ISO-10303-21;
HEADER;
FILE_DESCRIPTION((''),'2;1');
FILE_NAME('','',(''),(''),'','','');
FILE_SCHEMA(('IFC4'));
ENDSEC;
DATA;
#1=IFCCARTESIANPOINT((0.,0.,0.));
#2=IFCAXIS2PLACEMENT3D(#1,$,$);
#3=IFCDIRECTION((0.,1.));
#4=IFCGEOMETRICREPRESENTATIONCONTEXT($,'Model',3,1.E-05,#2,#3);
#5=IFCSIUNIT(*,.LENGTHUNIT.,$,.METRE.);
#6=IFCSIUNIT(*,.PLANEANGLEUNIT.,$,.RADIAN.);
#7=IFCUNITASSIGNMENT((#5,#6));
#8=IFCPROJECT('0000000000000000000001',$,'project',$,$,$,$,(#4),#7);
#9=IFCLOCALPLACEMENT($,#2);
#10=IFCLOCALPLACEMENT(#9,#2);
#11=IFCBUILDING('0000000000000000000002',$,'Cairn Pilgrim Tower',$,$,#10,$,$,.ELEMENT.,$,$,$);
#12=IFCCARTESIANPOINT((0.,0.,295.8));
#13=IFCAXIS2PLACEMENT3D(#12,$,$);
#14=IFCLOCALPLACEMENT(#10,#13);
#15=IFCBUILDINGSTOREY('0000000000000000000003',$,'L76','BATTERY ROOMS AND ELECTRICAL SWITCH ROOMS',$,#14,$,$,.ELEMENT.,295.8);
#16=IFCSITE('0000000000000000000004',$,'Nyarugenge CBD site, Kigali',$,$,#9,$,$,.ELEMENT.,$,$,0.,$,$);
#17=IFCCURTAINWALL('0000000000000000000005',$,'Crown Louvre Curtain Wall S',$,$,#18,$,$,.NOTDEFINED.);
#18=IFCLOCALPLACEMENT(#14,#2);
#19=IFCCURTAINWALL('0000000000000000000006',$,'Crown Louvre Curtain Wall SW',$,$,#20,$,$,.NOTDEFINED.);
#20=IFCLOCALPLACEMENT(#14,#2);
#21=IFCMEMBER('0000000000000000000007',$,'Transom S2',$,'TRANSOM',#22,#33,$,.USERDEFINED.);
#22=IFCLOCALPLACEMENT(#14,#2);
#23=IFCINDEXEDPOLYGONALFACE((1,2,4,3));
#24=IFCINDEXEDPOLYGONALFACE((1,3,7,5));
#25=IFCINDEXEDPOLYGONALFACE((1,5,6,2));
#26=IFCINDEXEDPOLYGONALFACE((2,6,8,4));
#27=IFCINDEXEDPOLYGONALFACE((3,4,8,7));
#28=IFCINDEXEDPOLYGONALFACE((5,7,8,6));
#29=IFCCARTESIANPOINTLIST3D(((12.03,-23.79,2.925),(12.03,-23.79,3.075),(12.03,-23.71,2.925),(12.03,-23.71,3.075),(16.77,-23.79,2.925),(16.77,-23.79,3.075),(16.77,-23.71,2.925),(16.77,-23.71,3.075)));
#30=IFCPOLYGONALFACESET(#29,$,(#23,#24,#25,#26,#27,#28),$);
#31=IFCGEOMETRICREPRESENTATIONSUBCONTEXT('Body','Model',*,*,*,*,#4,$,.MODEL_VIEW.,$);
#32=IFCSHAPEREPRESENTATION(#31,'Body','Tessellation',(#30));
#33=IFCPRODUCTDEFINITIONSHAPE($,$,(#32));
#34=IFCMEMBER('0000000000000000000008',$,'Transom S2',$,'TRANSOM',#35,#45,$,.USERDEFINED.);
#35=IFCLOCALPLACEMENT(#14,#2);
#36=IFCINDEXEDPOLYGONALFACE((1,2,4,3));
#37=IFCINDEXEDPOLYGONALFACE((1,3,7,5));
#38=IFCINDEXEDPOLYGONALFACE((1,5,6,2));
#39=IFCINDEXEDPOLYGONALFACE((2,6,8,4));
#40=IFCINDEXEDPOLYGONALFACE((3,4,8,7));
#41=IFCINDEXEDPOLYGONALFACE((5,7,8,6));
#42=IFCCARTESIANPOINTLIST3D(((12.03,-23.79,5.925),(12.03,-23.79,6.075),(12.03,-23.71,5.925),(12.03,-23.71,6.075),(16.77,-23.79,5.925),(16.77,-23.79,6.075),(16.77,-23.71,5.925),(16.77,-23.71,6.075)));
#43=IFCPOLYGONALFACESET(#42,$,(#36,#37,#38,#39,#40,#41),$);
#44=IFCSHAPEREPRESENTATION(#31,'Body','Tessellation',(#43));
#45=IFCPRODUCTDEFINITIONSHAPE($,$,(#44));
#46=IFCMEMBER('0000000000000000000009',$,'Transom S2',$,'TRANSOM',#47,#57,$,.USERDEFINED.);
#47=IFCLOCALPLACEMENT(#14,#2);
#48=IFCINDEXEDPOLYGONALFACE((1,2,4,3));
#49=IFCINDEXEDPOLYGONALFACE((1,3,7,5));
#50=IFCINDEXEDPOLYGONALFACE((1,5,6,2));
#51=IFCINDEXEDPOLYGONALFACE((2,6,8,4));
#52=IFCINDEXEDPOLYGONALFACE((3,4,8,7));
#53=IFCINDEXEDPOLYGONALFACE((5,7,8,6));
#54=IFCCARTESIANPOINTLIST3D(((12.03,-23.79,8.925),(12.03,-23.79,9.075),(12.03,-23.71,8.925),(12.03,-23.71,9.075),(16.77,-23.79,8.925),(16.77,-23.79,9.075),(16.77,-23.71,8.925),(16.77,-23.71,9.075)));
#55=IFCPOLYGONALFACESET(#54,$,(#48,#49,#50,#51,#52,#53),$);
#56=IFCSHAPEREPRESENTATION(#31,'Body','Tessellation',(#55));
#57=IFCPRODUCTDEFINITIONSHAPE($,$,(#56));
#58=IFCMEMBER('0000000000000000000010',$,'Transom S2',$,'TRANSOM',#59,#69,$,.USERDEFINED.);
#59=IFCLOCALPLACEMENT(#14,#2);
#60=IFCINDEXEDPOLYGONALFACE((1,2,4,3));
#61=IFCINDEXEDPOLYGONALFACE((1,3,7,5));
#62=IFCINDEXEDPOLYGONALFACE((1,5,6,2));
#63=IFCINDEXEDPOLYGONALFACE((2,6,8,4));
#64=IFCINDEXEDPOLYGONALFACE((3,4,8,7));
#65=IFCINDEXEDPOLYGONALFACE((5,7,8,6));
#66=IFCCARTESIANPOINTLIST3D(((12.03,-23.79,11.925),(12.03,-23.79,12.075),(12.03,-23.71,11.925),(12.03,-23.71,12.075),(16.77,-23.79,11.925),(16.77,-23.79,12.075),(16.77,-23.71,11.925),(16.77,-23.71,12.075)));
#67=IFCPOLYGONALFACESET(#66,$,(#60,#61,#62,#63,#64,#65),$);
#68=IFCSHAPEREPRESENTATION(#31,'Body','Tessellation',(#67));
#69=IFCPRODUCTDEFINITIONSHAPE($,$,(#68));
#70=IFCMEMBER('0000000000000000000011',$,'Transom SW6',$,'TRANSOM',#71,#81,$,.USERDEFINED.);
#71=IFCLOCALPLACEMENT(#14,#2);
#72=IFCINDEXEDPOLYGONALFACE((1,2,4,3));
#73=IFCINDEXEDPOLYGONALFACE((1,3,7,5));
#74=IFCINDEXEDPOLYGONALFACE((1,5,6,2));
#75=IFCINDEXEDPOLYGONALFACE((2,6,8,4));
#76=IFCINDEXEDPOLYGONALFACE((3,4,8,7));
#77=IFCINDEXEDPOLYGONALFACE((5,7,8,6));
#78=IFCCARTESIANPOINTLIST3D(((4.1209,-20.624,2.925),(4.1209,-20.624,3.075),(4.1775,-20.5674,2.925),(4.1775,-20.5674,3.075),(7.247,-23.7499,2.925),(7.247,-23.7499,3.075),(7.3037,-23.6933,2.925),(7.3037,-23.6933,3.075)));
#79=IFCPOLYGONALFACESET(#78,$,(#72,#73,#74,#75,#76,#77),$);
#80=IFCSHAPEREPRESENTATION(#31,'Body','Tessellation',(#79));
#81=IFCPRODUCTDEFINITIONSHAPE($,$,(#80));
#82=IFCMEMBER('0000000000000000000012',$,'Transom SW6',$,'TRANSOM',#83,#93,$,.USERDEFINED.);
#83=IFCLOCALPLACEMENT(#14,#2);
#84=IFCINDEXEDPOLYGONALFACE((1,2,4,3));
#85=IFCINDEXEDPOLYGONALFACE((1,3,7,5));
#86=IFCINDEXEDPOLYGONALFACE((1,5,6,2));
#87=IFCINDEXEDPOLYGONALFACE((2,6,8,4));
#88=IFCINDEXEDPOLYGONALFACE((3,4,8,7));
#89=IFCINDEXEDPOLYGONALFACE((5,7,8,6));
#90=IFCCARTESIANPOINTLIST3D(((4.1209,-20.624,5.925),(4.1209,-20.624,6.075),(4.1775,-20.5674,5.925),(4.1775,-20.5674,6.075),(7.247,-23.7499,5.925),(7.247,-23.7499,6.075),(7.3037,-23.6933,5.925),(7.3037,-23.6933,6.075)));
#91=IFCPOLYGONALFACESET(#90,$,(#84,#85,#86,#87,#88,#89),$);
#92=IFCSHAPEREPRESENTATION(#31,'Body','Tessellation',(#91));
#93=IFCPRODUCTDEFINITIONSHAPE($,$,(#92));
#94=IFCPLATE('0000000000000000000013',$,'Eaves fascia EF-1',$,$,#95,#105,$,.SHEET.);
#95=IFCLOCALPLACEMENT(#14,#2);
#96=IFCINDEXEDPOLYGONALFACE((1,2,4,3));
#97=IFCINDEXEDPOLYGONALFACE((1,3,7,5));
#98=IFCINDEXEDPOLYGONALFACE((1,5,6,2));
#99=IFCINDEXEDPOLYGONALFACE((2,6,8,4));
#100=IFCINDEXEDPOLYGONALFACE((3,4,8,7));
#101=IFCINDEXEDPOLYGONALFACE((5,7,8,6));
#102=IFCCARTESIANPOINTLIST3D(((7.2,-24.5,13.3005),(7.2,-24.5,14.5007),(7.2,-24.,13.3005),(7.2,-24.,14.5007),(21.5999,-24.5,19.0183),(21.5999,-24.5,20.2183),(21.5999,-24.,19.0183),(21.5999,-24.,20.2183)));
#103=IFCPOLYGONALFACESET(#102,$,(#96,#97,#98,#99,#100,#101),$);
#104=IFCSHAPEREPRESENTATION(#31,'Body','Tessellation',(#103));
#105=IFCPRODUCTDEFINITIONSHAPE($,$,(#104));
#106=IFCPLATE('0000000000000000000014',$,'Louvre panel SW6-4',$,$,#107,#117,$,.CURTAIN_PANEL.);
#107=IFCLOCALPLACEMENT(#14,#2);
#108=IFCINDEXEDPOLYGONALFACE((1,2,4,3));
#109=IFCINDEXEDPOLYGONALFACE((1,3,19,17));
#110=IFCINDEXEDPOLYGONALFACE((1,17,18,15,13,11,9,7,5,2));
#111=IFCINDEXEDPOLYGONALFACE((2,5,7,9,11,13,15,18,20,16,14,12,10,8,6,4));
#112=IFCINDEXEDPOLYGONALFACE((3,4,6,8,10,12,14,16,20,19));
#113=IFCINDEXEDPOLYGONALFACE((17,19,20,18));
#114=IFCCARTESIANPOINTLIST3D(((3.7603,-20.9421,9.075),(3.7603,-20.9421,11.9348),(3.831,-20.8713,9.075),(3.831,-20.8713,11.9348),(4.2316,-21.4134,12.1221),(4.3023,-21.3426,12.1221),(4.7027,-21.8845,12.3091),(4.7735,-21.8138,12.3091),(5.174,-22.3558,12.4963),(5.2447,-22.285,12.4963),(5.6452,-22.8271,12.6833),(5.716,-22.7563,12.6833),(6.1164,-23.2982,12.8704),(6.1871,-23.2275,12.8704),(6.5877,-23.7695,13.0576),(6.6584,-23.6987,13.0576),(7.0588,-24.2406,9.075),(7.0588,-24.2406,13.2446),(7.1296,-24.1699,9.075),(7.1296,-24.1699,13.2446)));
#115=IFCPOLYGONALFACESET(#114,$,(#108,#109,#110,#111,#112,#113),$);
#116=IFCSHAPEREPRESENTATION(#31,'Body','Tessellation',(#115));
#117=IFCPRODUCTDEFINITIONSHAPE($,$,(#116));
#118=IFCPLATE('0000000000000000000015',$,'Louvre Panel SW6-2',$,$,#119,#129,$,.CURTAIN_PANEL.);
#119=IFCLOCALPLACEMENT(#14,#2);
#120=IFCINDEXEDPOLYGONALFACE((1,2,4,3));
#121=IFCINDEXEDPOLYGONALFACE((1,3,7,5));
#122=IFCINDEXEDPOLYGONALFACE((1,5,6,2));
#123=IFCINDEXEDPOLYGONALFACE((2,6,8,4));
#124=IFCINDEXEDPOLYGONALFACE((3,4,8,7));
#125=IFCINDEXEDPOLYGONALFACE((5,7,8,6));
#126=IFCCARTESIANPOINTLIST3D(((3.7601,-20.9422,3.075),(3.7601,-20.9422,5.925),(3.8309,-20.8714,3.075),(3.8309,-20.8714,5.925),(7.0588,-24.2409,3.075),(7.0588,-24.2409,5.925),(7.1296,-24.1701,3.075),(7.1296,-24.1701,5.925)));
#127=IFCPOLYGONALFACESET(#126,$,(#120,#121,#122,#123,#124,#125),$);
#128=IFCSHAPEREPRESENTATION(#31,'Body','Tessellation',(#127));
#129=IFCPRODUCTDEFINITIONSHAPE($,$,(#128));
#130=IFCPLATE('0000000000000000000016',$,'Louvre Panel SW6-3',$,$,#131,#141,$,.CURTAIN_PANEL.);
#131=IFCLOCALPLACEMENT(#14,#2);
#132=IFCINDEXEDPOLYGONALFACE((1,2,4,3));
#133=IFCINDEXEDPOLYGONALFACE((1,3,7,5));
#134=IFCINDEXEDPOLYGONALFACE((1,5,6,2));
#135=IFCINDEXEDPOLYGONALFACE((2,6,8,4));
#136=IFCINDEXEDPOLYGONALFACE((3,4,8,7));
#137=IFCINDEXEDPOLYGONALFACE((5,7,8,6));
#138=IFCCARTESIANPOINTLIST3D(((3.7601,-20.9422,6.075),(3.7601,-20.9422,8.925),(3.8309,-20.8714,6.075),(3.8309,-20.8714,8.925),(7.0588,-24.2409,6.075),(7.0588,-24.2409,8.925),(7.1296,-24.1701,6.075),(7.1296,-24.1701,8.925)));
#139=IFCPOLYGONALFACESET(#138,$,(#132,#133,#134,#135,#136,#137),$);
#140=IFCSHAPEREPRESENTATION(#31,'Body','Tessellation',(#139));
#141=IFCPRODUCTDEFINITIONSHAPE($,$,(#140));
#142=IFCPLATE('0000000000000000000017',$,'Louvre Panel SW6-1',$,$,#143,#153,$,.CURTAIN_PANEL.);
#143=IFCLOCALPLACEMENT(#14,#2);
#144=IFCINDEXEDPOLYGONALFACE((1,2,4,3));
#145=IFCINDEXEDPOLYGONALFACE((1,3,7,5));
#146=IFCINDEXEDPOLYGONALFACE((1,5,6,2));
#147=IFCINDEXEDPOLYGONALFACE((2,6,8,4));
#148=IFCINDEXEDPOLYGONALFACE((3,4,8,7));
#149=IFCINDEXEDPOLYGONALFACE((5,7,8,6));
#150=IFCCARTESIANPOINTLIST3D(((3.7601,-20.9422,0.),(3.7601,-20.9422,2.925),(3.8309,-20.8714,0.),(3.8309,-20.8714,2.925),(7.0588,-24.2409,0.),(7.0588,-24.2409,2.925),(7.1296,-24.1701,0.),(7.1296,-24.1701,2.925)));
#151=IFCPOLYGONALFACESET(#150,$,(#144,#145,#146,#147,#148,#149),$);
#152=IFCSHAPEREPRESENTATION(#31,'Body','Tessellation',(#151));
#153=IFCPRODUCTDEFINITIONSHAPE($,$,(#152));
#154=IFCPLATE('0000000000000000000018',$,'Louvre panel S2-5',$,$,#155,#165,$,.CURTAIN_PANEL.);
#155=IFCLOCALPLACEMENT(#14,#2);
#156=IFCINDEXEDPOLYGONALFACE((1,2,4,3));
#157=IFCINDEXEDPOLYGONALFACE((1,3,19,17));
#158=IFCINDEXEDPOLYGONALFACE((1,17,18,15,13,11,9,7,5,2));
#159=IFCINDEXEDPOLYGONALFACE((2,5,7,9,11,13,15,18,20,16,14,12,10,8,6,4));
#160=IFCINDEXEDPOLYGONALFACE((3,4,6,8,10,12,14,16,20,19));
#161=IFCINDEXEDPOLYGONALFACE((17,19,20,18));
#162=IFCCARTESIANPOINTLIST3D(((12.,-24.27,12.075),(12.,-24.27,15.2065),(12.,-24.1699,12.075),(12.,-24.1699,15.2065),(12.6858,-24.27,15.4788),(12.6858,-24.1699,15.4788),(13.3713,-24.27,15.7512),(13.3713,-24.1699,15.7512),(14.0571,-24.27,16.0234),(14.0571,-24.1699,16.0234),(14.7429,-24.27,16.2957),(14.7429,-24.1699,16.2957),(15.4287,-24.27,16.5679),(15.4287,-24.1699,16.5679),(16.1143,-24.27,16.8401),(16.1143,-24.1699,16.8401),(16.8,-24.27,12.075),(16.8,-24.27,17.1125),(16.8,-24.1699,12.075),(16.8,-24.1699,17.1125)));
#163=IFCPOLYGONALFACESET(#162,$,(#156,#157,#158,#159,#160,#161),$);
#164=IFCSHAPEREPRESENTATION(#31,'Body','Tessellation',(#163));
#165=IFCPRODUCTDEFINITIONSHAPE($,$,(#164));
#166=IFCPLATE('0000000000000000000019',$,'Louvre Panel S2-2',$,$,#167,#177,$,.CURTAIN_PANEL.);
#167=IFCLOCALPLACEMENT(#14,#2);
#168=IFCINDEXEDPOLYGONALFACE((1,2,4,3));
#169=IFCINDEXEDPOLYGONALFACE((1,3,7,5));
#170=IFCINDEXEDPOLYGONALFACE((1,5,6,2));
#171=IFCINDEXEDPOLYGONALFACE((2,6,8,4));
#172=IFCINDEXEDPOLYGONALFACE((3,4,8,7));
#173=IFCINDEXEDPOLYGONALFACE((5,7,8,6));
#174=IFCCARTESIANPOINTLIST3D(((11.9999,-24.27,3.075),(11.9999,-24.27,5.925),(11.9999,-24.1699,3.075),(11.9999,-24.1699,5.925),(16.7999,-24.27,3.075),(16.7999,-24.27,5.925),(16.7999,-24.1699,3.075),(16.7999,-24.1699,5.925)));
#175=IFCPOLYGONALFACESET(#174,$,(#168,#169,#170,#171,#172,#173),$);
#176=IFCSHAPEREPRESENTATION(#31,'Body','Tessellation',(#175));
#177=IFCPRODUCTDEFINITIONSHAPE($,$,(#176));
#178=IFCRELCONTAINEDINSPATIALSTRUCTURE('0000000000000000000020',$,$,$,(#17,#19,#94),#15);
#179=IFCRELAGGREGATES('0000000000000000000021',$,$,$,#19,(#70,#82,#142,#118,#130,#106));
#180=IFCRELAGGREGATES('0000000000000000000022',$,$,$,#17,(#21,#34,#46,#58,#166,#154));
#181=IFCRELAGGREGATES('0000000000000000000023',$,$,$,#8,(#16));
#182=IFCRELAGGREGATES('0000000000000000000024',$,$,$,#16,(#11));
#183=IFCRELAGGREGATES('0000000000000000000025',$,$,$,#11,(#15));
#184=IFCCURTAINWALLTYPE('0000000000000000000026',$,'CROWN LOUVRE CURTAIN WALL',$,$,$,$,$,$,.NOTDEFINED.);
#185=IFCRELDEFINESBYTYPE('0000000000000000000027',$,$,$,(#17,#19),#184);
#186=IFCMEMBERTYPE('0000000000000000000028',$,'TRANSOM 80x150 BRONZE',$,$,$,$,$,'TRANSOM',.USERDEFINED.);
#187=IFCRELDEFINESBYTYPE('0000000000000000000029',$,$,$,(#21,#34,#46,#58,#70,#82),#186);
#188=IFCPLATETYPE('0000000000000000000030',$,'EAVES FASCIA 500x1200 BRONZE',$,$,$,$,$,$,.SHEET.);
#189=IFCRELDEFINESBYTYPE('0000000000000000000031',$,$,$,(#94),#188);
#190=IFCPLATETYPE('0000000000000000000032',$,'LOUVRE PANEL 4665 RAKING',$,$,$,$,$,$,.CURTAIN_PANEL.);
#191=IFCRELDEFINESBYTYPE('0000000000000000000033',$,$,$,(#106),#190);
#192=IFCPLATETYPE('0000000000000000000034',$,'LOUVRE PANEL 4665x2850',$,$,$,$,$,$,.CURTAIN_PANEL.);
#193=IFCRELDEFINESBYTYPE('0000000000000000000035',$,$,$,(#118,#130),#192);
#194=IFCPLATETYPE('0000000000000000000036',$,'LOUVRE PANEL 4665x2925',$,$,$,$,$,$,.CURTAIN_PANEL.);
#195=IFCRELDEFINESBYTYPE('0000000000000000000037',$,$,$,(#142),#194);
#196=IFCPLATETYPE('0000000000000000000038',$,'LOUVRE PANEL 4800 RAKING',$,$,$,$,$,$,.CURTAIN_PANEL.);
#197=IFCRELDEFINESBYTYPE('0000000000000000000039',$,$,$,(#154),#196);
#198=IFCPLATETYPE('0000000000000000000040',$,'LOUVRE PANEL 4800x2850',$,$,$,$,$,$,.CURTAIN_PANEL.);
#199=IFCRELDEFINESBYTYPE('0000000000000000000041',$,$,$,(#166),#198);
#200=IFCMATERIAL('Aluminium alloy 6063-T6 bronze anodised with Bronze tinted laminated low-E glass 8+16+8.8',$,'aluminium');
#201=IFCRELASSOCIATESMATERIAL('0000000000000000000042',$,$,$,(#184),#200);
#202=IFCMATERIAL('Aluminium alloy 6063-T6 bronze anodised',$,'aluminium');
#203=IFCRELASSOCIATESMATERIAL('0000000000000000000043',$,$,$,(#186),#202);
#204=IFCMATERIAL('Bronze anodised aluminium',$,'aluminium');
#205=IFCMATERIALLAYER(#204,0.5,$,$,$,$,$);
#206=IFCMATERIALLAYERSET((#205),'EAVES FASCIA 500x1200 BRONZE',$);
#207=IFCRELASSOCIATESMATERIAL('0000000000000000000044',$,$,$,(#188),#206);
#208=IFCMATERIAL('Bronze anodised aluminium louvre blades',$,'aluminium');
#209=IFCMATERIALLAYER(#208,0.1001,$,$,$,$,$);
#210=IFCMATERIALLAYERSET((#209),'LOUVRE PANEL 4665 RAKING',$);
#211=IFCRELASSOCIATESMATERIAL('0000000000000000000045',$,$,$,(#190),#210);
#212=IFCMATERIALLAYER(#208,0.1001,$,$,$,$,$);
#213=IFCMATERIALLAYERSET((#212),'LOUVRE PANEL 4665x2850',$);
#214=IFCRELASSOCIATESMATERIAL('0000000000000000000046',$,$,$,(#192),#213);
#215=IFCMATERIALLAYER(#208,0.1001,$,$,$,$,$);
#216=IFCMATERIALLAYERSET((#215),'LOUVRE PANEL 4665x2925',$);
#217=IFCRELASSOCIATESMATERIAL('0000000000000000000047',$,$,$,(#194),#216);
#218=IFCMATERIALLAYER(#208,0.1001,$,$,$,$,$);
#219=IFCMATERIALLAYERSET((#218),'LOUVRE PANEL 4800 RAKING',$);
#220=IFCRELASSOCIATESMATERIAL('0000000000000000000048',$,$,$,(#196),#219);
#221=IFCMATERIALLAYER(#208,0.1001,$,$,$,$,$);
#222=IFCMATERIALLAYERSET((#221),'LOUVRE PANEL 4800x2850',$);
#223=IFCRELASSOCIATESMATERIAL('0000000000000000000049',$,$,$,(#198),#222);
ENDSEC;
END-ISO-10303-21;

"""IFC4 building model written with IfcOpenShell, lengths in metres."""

from ifc_helpers import new_model, si_unit, direction, frame, origin, origin_2d, place, context, subcontext, project, spatial, polyline, rectangle, outline, extrude, material, layer, layer_set, material_profile, profile_set, type_object, element, aggregate, save


model = new_model("IFC4")

# Units and contexts
model_context = context("Model", 3, precision=1e-05, world=origin(), true_north=direction((0.0, 1.0)))
body_context = subcontext(model_context, "Body", "Model", "MODEL_VIEW")
ifc_project = project(units=[si_unit("LENGTHUNIT", "METRE"), si_unit("PLANEANGLEUNIT", "RADIAN")], contexts=[model_context])

# Site, building, storey
site_placement = place(None, origin())
site = spatial("IfcSite", under=ifc_project, at=site_placement, Name="Nyarugenge CBD site, Kigali", CompositionType="ELEMENT", RefElevation=0.0)
building_placement = place(site_placement, origin())
building = spatial("IfcBuilding", under=site, at=building_placement, Name="Cairn Pilgrim Tower", CompositionType="ELEMENT")
storey_placement = place(building_placement, frame((0.0, 0.0, 295.8)))
storey = spatial("IfcBuildingStorey", under=building, at=storey_placement, Name="L76", Description="BATTERY ROOMS AND ELECTRICAL SWITCH ROOMS", CompositionType="ELEMENT", Elevation=295.8)

# Curtain wall
ifc_material_1 = material(Name="Aluminium alloy 6063-T6 bronze anodised with Bronze tinted laminated low-E glass 8+16+8.8", Category="aluminium")
curtain_wall_type = type_object("IfcCurtainWallType", Name="CROWN LOUVRE CURTAIN WALL", PredefinedType="NOTDEFINED", material=ifc_material_1)
curtain_wall_1_placement = place(storey_placement, origin())
curtain_wall_1 = element("IfcCurtainWall", 1, at=curtain_wall_1_placement, inside=storey, type_object=curtain_wall_type, Name="Crown Louvre Curtain Wall S", PredefinedType="NOTDEFINED")
ifc_material_2 = material(Name="Aluminium alloy 6063-T6 bronze anodised", Category="aluminium")

# Curtain wall
curtain_wall_2_placement = place(storey_placement, origin())
curtain_wall_2 = element("IfcCurtainWall", 2, at=curtain_wall_2_placement, inside=storey, type_object=curtain_wall_type, Name="Crown Louvre Curtain Wall SW", PredefinedType="NOTDEFINED")

# Members
ifc_material_profile_1 = material_profile(ifc_material_2, rectangle(XDim=0.0801, YDim=0.1499, at=origin_2d()), Name="TRANSOM 80x150 BRONZE")
ifc_profile_set_1 = profile_set([ifc_material_profile_1], Name="Aluminium alloy 6063-T6 bronze anodised")
member_type_1 = type_object("IfcMemberType", Name="TRANSOM 80x150 BRONZE", ElementType="TRANSOM", PredefinedType="USERDEFINED", material=ifc_profile_set_1)
member_1_placement = place(storey_placement, frame((12.03, -23.75, 3.0), z_axis=(1.0, 0.0, 0.0), x_axis=(0.0, 1.0, 0.0)))
member_1 = element("IfcMember", 3, at=member_1_placement, type_object=member_type_1, Name="Transom S2", ObjectType="TRANSOM", PredefinedType="USERDEFINED", context=body_context, shape_type="SweptSolid", body=[
    extrude(rectangle(XDim=0.0801, YDim=0.1499, at=origin_2d()), origin(), (0.0, 0.0, 1.0), 4.74),
])
member_2_placement = place(storey_placement, frame((12.03, -23.75, 6.0), z_axis=(1.0, 0.0, 0.0), x_axis=(0.0, 1.0, 0.0)))
member_2 = element("IfcMember", 4, at=member_2_placement, type_object=member_type_1, Name="Transom S2", ObjectType="TRANSOM", PredefinedType="USERDEFINED", context=body_context, shape_type="SweptSolid", body=[
    extrude(rectangle(XDim=0.0801, YDim=0.1499, at=origin_2d()), origin(), (0.0, 0.0, 1.0), 4.74),
])
member_3_placement = place(storey_placement, frame((12.03, -23.75, 9.0), z_axis=(1.0, 0.0, 0.0), x_axis=(0.0, 1.0, 0.0)))
member_3 = element("IfcMember", 5, at=member_3_placement, type_object=member_type_1, Name="Transom S2", ObjectType="TRANSOM", PredefinedType="USERDEFINED", context=body_context, shape_type="SweptSolid", body=[
    extrude(rectangle(XDim=0.0801, YDim=0.1499, at=origin_2d()), origin(), (0.0, 0.0, 1.0), 4.74),
])
member_4_placement = place(storey_placement, frame((12.03, -23.75, 12.0), z_axis=(1.0, 0.0, 0.0), x_axis=(0.0, 1.0, 0.0)))
member_4 = element("IfcMember", 6, at=member_4_placement, type_object=member_type_1, Name="Transom S2", ObjectType="TRANSOM", PredefinedType="USERDEFINED", context=body_context, shape_type="SweptSolid", body=[
    extrude(rectangle(XDim=0.0801, YDim=0.1499, at=origin_2d()), origin(), (0.0, 0.0, 1.0), 4.74),
])
member_5_placement = place(storey_placement, frame((4.1492, -20.5957, 3.0), z_axis=(0.707134, -0.707079, 0.0), x_axis=(0.707079, 0.707134, 0.0)))
member_5 = element("IfcMember", 7, at=member_5_placement, type_object=member_type_1, Name="Transom SW6", ObjectType="TRANSOM", PredefinedType="USERDEFINED", context=body_context, shape_type="SweptSolid", body=[
    extrude(rectangle(XDim=0.0801, YDim=0.1499, at=origin_2d()), origin(), (0.0, 0.0, 1.0), 4.4209),
])
member_6_placement = place(storey_placement, frame((4.1492, -20.5957, 6.0), z_axis=(0.707134, -0.707079, 0.0), x_axis=(0.707079, 0.707134, 0.0)))
member_6 = element("IfcMember", 8, at=member_6_placement, type_object=member_type_1, Name="Transom SW6", ObjectType="TRANSOM", PredefinedType="USERDEFINED", context=body_context, shape_type="SweptSolid", body=[
    extrude(rectangle(XDim=0.0801, YDim=0.1499, at=origin_2d()), origin(), (0.0, 0.0, 1.0), 4.4209),
])

# Plates
ifc_material_3 = material(Name="Bronze anodised aluminium", Category="aluminium")
ifc_layer_1 = layer(ifc_material_3, 0.5)
ifc_layer_set_1 = layer_set([ifc_layer_1], Name="EAVES FASCIA 500x1200 BRONZE")
plate_type_1 = type_object("IfcPlateType", Name="EAVES FASCIA 500x1200 BRONZE", PredefinedType="SHEET", material=ifc_layer_set_1)
plate_1_placement = place(storey_placement, frame((7.2, -24.25, 13.3005), z_axis=(0.0, 0.0, 1.0), x_axis=(1.0, 0.0, 0.0)))
element("IfcPlate", 9, at=plate_1_placement, inside=storey, type_object=plate_type_1, Name="Eaves fascia EF-1", PredefinedType="SHEET", context=body_context, shape_type="SweptSolid", body=[
    extrude(outline(polyline([(0.0, 0.0), (14.3999, 5.7178), (14.3999, 6.9177), (0.0, 1.2002), (0.0, 0.0)])), frame((0.0, 0.25, 0.0), z_axis=(0.0, -1.0, 0.0), x_axis=(1.0, 0.0, 0.0)), (0.0, 0.0, 1.0), 0.5),
])
ifc_material_4 = material(Name="Bronze anodised aluminium louvre blades", Category="aluminium")
ifc_layer_2 = layer(ifc_material_4, 0.1001)
ifc_layer_set_2 = layer_set([ifc_layer_2], Name="LOUVRE PANEL 4665 RAKING")
plate_type_2 = type_object("IfcPlateType", Name="LOUVRE PANEL 4665 RAKING", PredefinedType="CURTAIN_PANEL", material=ifc_layer_set_2)
plate_2_placement = place(storey_placement, frame((3.7957, -20.9067, 9.075), z_axis=(0.0, 0.0, 1.0), x_axis=(0.707107, -0.707107, 0.0)))
plate_2 = element("IfcPlate", 10, at=plate_2_placement, type_object=plate_type_2, Name="Louvre panel SW6-4", PredefinedType="CURTAIN_PANEL", context=body_context, shape_type="SweptSolid", body=[
    extrude(outline(polyline([(0.0, 0.0), (4.6648, 0.0), (4.6648, 4.1697), (3.9985, 3.9827), (3.332, 3.7954), (2.6658, 3.6084), (1.9993, 3.4214), (1.3328, 3.2341), (0.6665, 3.0471), (0.0, 2.8599), (0.0, 0.0)])), frame((0.0, 0.05, 0.0), z_axis=(0.0, -1.0, 0.0), x_axis=(1.0, 0.0, 0.0)), (0.0, 0.0, 1.0), 0.1001),
])
ifc_layer_3 = layer(ifc_material_4, 0.1001)
ifc_layer_set_3 = layer_set([ifc_layer_3], Name="LOUVRE PANEL 4665x2850")
plate_type_3 = type_object("IfcPlateType", Name="LOUVRE PANEL 4665x2850", PredefinedType="CURTAIN_PANEL", material=ifc_layer_set_3)
plate_3_placement = place(storey_placement, frame((5.4448, -22.5562, 3.075), z_axis=(0.0, 0.0, 1.0), x_axis=(0.707107, -0.707107, 0.0)))
plate_3 = element("IfcPlate", 11, at=plate_3_placement, type_object=plate_type_3, Name="Louvre Panel SW6-2", PredefinedType="CURTAIN_PANEL", context=body_context, shape_type="SweptSolid", body=[
    extrude(rectangle(XDim=4.665, YDim=0.1001, at=origin_2d()), origin(), (0.0, 0.0, 1.0), 2.8501),
])
plate_4_placement = place(storey_placement, frame((5.4448, -22.5562, 6.075), z_axis=(0.0, 0.0, 1.0), x_axis=(0.707107, -0.707107, 0.0)))
plate_4 = element("IfcPlate", 12, at=plate_4_placement, type_object=plate_type_3, Name="Louvre Panel SW6-3", PredefinedType="CURTAIN_PANEL", context=body_context, shape_type="SweptSolid", body=[
    extrude(rectangle(XDim=4.665, YDim=0.1001, at=origin_2d()), origin(), (0.0, 0.0, 1.0), 2.8501),
])
ifc_layer_4 = layer(ifc_material_4, 0.1001)
ifc_layer_set_4 = layer_set([ifc_layer_4], Name="LOUVRE PANEL 4665x2925")
plate_type_4 = type_object("IfcPlateType", Name="LOUVRE PANEL 4665x2925", PredefinedType="CURTAIN_PANEL", material=ifc_layer_set_4)
plate_5_placement = place(storey_placement, frame((5.4448, -22.5562, 0.0), z_axis=(0.0, 0.0, 1.0), x_axis=(0.707107, -0.707107, 0.0)))
plate_5 = element("IfcPlate", 13, at=plate_5_placement, type_object=plate_type_4, Name="Louvre Panel SW6-1", PredefinedType="CURTAIN_PANEL", context=body_context, shape_type="SweptSolid", body=[
    extrude(rectangle(XDim=4.665, YDim=0.1001, at=origin_2d()), origin(), (0.0, 0.0, 1.0), 2.925),
])
aggregate(curtain_wall_2, [member_5, member_6, plate_5, plate_3, plate_4, plate_2])
ifc_layer_5 = layer(ifc_material_4, 0.1001)
ifc_layer_set_5 = layer_set([ifc_layer_5], Name="LOUVRE PANEL 4800 RAKING")
plate_type_5 = type_object("IfcPlateType", Name="LOUVRE PANEL 4800 RAKING", PredefinedType="CURTAIN_PANEL", material=ifc_layer_set_5)
plate_6_placement = place(storey_placement, frame((12.0, -24.22, 12.075), z_axis=(0.0, 0.0, 1.0), x_axis=(1.0, 0.0, 0.0)))
plate_6 = element("IfcPlate", 14, at=plate_6_placement, type_object=plate_type_5, Name="Louvre panel S2-5", PredefinedType="CURTAIN_PANEL", context=body_context, shape_type="SweptSolid", body=[
    extrude(outline(polyline([(0.0, 0.0), (4.8, 0.0), (4.8, 5.0376), (4.1143, 4.7651), (3.4287, 4.4929), (2.7429, 4.2207), (2.0571, 3.9485), (1.3713, 3.6763), (0.6858, 3.4038), (0.0, 3.1316), (0.0, 0.0)])), frame((0.0, 0.05, 0.0), z_axis=(0.0, -1.0, 0.0), x_axis=(1.0, 0.0, 0.0)), (0.0, 0.0, 1.0), 0.1001),
])
ifc_layer_6 = layer(ifc_material_4, 0.1001)
ifc_layer_set_6 = layer_set([ifc_layer_6], Name="LOUVRE PANEL 4800x2850")
plate_type_6 = type_object("IfcPlateType", Name="LOUVRE PANEL 4800x2850", PredefinedType="CURTAIN_PANEL", material=ifc_layer_set_6)
plate_7_placement = place(storey_placement, frame((14.3999, -24.22, 3.075), z_axis=(0.0, 0.0, 1.0), x_axis=(1.0, 0.0, 0.0)))
plate_7 = element("IfcPlate", 15, at=plate_7_placement, type_object=plate_type_6, Name="Louvre Panel S2-2", PredefinedType="CURTAIN_PANEL", context=body_context, shape_type="SweptSolid", body=[
    extrude(rectangle(XDim=4.8, YDim=0.1001, at=origin_2d()), origin(), (0.0, 0.0, 1.0), 2.8501),
])
aggregate(curtain_wall_1, [member_1, member_2, member_3, member_4, plate_7, plate_6])

save(model, "model.ifc")
